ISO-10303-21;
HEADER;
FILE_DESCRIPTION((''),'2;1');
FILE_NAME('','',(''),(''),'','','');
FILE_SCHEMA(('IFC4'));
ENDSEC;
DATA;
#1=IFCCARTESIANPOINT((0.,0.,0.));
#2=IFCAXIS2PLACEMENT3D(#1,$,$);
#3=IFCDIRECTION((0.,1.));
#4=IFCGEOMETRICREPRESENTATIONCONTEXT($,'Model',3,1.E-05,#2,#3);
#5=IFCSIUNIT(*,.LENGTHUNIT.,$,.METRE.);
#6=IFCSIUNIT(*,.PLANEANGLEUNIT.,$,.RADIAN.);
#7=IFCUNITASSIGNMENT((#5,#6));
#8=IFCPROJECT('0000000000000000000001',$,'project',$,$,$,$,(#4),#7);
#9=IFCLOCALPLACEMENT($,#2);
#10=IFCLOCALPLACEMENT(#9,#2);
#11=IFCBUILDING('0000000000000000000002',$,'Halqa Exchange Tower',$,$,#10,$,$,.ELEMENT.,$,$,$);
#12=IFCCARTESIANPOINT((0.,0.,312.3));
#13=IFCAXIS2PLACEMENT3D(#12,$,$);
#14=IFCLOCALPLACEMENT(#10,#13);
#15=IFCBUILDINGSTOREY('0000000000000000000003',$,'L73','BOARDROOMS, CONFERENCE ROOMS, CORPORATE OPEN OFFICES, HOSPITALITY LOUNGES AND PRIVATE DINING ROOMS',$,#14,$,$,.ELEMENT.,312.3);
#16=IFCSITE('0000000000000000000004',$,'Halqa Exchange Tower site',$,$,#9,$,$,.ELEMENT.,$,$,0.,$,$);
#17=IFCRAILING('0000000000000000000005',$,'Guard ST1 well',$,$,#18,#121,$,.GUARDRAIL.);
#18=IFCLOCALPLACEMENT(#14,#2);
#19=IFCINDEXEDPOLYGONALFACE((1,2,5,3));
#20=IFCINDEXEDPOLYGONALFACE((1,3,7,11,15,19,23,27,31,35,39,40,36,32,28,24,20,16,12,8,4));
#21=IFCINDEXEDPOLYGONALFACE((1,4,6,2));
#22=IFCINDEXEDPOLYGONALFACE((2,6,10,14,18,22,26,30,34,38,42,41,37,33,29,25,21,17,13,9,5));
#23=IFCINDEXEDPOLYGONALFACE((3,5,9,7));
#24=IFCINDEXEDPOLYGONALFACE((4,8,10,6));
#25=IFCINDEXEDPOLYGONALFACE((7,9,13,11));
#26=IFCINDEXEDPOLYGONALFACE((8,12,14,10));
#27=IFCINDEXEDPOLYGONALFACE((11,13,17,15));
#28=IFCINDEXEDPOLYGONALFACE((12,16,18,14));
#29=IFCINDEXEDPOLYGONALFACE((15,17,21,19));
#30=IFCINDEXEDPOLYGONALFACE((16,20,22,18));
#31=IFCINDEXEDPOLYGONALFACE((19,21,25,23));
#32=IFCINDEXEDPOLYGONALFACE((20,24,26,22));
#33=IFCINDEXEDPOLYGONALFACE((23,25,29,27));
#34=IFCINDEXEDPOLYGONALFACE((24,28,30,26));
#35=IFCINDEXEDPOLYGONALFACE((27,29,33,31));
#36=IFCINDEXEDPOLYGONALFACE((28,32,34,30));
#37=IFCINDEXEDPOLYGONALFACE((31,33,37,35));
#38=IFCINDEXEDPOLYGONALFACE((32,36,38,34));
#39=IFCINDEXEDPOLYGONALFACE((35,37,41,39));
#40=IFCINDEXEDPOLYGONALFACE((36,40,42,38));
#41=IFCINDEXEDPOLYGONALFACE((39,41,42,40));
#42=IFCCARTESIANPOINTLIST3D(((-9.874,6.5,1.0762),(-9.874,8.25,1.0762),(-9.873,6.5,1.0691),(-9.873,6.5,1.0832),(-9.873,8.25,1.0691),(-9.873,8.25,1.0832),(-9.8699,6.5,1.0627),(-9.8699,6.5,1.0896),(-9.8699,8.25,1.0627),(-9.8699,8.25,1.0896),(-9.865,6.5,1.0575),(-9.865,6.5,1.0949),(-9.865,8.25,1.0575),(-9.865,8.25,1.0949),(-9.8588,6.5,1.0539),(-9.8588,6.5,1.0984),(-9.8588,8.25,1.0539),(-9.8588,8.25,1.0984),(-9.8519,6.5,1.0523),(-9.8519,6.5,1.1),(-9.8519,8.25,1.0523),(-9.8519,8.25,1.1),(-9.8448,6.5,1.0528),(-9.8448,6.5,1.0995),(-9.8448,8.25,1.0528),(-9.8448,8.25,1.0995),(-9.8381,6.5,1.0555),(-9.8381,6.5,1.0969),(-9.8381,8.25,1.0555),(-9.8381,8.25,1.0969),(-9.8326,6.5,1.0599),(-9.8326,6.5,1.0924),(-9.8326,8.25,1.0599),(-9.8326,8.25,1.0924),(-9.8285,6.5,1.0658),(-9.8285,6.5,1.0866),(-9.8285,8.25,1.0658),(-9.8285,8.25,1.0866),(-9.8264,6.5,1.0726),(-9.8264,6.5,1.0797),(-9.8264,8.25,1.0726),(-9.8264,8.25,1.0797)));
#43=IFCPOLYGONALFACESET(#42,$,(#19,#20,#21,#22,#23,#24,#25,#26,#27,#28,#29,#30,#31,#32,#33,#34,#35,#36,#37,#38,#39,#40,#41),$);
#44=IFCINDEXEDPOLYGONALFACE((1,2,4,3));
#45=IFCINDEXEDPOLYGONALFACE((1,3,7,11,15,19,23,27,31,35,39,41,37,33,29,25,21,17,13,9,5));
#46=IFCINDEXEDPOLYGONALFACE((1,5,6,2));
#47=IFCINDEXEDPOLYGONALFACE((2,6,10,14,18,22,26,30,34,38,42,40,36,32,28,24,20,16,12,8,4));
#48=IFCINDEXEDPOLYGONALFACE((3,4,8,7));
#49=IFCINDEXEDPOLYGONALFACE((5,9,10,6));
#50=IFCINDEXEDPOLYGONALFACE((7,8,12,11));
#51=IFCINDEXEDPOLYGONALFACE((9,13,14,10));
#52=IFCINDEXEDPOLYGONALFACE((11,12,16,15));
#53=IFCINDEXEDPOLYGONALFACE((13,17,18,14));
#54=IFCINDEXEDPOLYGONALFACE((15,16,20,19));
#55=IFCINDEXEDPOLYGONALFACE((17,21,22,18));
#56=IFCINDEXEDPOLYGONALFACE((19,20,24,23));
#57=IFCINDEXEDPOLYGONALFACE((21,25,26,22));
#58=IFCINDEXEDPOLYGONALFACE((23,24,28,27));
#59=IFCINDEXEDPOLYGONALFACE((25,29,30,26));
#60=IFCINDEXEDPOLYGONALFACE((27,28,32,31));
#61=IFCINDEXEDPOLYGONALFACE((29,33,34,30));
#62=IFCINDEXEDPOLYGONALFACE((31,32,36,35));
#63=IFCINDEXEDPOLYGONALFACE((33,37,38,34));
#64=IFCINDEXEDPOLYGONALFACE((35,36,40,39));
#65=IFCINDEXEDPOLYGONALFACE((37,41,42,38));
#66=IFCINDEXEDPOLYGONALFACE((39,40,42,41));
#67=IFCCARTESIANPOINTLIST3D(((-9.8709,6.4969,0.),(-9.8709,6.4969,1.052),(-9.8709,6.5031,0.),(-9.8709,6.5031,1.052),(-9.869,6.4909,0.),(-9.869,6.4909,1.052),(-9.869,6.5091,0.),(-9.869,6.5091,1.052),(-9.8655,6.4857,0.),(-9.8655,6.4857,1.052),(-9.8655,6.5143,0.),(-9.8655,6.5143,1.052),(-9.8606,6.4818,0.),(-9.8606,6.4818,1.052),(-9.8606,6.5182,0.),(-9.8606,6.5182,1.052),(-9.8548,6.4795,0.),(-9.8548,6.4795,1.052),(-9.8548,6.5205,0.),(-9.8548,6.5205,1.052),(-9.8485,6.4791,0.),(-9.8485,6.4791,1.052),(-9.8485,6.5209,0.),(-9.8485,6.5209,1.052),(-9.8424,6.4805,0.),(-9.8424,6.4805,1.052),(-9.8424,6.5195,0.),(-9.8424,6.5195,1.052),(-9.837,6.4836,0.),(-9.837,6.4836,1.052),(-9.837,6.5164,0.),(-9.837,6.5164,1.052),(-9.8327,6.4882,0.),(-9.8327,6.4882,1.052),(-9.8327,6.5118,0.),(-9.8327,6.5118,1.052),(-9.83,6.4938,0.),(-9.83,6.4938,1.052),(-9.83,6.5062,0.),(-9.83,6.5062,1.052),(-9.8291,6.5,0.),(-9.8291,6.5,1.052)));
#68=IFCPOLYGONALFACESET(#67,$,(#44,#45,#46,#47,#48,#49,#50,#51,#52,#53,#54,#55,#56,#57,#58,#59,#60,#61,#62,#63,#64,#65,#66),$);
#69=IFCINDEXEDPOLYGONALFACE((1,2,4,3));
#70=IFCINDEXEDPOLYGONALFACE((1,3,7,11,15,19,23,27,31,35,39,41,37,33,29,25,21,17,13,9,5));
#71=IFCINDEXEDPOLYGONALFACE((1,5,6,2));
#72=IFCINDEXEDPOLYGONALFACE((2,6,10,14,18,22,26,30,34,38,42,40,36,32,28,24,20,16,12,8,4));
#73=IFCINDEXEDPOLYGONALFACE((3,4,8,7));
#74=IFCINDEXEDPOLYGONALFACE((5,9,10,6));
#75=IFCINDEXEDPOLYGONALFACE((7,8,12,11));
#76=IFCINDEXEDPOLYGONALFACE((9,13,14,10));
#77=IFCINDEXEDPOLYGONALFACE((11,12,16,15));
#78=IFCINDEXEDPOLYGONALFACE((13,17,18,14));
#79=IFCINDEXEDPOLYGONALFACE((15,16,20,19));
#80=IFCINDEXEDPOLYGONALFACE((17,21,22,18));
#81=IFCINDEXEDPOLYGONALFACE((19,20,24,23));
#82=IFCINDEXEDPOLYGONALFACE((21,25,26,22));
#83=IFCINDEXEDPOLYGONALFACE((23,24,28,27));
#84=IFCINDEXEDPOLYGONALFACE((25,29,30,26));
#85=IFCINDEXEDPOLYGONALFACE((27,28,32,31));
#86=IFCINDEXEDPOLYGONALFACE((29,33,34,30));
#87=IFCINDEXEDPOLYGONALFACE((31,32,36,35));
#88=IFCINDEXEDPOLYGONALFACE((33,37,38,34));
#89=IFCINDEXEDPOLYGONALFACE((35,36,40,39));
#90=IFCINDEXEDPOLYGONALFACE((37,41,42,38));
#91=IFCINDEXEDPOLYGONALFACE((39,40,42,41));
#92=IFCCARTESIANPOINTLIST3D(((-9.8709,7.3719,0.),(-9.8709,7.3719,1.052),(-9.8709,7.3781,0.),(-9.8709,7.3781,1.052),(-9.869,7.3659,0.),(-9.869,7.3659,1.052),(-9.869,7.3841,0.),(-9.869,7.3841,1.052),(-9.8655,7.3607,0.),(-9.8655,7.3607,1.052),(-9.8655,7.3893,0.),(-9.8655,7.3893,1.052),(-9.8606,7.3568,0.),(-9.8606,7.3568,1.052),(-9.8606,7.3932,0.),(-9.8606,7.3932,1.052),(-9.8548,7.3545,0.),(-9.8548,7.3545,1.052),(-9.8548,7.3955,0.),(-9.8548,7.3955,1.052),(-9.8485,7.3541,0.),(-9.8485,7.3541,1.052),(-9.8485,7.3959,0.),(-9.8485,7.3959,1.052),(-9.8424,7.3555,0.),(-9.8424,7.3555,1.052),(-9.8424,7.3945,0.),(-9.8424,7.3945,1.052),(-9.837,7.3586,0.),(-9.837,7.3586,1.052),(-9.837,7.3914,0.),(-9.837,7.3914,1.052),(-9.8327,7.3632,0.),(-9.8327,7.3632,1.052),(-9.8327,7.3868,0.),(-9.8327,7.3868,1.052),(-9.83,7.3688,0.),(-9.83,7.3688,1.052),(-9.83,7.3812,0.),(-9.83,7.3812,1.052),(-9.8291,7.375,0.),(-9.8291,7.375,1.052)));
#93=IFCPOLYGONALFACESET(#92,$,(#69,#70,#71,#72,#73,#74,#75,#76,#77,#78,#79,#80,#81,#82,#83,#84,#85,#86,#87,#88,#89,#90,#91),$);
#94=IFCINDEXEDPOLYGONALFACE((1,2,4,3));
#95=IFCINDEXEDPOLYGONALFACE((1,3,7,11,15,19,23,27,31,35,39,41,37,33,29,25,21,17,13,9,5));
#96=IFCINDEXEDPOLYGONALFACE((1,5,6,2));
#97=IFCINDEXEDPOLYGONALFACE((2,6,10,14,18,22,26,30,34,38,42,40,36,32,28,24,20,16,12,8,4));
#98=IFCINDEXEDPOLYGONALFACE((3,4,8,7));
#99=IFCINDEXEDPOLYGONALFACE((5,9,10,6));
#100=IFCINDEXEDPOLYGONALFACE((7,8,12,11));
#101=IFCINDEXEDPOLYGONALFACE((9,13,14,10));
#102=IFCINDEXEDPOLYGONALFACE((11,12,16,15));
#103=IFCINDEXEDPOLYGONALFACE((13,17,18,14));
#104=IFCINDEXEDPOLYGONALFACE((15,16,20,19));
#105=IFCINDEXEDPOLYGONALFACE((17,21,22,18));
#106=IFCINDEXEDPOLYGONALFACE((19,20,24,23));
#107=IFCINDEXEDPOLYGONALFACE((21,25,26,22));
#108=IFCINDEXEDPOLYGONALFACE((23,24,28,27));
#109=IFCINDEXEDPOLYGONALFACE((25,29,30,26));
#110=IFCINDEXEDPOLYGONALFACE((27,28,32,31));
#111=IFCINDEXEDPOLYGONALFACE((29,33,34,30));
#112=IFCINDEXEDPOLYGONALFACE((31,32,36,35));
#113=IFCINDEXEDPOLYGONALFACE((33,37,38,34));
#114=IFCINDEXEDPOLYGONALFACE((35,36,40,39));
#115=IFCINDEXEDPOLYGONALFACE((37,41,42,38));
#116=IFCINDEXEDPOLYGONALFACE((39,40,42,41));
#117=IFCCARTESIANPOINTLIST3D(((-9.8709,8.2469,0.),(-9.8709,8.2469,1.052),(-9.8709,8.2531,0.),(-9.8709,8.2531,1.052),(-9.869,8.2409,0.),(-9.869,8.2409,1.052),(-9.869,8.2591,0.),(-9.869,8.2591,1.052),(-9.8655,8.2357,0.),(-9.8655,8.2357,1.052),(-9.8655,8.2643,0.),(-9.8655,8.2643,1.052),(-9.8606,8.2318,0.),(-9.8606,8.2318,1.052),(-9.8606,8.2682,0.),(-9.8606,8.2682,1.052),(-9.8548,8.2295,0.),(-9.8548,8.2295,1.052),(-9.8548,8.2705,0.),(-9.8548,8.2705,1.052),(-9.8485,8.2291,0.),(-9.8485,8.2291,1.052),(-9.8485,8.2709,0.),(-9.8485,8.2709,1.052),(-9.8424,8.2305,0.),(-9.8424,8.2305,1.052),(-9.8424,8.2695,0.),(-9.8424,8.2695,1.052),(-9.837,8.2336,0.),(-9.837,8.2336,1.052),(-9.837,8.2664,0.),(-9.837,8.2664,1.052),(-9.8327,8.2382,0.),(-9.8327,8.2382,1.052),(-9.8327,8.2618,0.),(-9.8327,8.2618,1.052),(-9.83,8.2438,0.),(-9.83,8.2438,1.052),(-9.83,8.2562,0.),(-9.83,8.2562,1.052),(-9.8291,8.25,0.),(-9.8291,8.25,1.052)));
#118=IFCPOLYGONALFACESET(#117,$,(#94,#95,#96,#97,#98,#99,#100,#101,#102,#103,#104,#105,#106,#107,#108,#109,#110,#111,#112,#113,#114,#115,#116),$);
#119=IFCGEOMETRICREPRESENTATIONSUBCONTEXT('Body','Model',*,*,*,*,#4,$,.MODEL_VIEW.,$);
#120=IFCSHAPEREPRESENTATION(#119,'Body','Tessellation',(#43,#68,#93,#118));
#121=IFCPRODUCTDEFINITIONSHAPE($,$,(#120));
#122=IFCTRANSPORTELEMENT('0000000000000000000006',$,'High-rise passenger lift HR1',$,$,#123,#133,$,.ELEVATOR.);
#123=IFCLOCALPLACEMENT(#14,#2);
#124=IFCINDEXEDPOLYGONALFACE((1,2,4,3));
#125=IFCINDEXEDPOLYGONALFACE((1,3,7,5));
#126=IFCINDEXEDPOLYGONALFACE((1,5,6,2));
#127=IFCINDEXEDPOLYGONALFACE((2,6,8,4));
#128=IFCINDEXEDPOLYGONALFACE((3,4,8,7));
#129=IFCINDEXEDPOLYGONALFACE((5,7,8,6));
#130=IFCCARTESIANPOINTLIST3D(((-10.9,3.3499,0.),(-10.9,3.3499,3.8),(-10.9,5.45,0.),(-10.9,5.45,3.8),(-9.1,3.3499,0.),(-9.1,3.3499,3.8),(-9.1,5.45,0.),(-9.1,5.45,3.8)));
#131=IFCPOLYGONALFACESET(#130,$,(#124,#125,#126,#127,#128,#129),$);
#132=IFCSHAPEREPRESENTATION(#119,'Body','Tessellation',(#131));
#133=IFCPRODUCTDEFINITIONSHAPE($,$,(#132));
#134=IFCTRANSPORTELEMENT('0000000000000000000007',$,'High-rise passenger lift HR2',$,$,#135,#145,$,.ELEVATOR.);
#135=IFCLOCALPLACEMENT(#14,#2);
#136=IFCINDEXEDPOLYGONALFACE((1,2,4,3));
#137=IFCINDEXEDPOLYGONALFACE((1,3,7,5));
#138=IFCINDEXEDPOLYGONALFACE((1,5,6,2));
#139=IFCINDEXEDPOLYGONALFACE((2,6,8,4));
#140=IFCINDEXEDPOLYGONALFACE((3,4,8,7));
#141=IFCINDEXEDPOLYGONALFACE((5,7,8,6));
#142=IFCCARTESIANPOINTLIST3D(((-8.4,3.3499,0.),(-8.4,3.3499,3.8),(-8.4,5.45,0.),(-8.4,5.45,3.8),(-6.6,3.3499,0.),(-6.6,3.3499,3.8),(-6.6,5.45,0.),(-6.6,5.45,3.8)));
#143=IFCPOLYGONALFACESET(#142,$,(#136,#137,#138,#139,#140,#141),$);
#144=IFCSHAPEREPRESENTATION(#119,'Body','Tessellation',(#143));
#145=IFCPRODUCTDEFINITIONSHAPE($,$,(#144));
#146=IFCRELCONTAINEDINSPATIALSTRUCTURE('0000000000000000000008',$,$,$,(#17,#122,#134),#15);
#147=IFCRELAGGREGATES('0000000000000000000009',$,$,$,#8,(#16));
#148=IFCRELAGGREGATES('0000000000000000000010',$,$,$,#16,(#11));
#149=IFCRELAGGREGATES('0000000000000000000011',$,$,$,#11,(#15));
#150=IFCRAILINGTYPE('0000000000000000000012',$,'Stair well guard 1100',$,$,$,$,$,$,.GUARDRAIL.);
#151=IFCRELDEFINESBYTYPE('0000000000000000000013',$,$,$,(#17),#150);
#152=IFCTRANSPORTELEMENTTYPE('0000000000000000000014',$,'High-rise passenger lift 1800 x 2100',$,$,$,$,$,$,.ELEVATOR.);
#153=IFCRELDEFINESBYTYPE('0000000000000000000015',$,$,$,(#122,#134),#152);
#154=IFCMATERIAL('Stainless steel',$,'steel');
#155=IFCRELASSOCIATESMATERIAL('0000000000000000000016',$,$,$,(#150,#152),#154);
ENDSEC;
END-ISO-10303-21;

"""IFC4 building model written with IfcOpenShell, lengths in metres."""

from ifc_helpers import new_model, si_unit, direction, frame, origin, origin_2d, place, context, subcontext, project, spatial, rectangle, circle, extrude, material, type_object, element, save


model = new_model("IFC4")

# Units and contexts
model_context = context("Model", 3, precision=1e-05, world=origin(), true_north=direction((0.0, 1.0)))
body_context = subcontext(model_context, "Body", "Model", "MODEL_VIEW")
ifc_project = project(units=[si_unit("LENGTHUNIT", "METRE"), si_unit("PLANEANGLEUNIT", "RADIAN")], contexts=[model_context])

# Site, building, storey
site_placement = place(None, origin())
site = spatial("IfcSite", under=ifc_project, at=site_placement, Name="Halqa Exchange Tower site", CompositionType="ELEMENT", RefElevation=0.0)
building_placement = place(site_placement, origin())
building = spatial("IfcBuilding", under=site, at=building_placement, Name="Halqa Exchange Tower", CompositionType="ELEMENT")
storey_placement = place(building_placement, frame((0.0, 0.0, 312.3)))
storey = spatial("IfcBuildingStorey", under=building, at=storey_placement, Name="L73", Description="BOARDROOMS, CONFERENCE ROOMS, CORPORATE OPEN OFFICES, HOSPITALITY LOUNGES AND PRIVATE DINING ROOMS", CompositionType="ELEMENT", Elevation=312.3)

# Shared definitions
ifc_material_1 = material(Name="Stainless steel", Category="steel")

# Railing
railing_type_1 = type_object("IfcRailingType", Name="Stair well guard 1100", PredefinedType="GUARDRAIL", material=ifc_material_1)
railing_1_placement = place(storey_placement, frame((-9.8501, 6.5, 0.0)))
element("IfcRailing", 1, at=railing_1_placement, inside=storey, type_object=railing_type_1, Name="Guard ST1 well", PredefinedType="GUARDRAIL", context=body_context, shape_type="SweptSolid", body=[
    extrude(circle(Radius=0.0239, at=origin_2d()), frame((0.0, 0.0, 1.0762), z_axis=(0.0, 1.0, 0.0), x_axis=(-1.0, 0.0, 0.0)), (0.0, 0.0, 1.0), 1.75),
    extrude(circle(Radius=0.021, at=origin_2d()), origin(), (0.0, 0.0, 1.0), 1.052),
    extrude(circle(Radius=0.021, at=origin_2d()), frame((0.0, 0.875, 0.0)), (0.0, 0.0, 1.0), 1.052),
    extrude(circle(Radius=0.021, at=origin_2d()), frame((0.0, 1.75, 0.0)), (0.0, 0.0, 1.0), 1.052),
])

# Transport elements
transport_element_type = type_object("IfcTransportElementType", Name="High-rise passenger lift 1800 x 2100", PredefinedType="ELEVATOR", material=ifc_material_1)
for number, where, z_axis, x_axis, name in (
    (2, (-10.0, 4.3999, 0.0), (0.0, 0.0, 1.0), (1.0, 0.0, 0.0), "High-rise passenger lift HR1"),
    (3, (-7.5, 4.3999, 0.0), (0.0, 0.0, 1.0), (1.0, 0.0, 0.0), "High-rise passenger lift HR2"),
):
    element("IfcTransportElement", number, at=place(storey_placement, frame(where, z_axis=z_axis, x_axis=x_axis)), inside=storey, type_object=transport_element_type, Name=name, PredefinedType="ELEVATOR", context=body_context, shape_type="SweptSolid", body=[
        extrude(rectangle(XDim=1.8, YDim=2.1001, at=origin_2d()), origin(), (0.0, 0.0, 1.0), 3.8),
    ])

save(model, "model.ifc")
